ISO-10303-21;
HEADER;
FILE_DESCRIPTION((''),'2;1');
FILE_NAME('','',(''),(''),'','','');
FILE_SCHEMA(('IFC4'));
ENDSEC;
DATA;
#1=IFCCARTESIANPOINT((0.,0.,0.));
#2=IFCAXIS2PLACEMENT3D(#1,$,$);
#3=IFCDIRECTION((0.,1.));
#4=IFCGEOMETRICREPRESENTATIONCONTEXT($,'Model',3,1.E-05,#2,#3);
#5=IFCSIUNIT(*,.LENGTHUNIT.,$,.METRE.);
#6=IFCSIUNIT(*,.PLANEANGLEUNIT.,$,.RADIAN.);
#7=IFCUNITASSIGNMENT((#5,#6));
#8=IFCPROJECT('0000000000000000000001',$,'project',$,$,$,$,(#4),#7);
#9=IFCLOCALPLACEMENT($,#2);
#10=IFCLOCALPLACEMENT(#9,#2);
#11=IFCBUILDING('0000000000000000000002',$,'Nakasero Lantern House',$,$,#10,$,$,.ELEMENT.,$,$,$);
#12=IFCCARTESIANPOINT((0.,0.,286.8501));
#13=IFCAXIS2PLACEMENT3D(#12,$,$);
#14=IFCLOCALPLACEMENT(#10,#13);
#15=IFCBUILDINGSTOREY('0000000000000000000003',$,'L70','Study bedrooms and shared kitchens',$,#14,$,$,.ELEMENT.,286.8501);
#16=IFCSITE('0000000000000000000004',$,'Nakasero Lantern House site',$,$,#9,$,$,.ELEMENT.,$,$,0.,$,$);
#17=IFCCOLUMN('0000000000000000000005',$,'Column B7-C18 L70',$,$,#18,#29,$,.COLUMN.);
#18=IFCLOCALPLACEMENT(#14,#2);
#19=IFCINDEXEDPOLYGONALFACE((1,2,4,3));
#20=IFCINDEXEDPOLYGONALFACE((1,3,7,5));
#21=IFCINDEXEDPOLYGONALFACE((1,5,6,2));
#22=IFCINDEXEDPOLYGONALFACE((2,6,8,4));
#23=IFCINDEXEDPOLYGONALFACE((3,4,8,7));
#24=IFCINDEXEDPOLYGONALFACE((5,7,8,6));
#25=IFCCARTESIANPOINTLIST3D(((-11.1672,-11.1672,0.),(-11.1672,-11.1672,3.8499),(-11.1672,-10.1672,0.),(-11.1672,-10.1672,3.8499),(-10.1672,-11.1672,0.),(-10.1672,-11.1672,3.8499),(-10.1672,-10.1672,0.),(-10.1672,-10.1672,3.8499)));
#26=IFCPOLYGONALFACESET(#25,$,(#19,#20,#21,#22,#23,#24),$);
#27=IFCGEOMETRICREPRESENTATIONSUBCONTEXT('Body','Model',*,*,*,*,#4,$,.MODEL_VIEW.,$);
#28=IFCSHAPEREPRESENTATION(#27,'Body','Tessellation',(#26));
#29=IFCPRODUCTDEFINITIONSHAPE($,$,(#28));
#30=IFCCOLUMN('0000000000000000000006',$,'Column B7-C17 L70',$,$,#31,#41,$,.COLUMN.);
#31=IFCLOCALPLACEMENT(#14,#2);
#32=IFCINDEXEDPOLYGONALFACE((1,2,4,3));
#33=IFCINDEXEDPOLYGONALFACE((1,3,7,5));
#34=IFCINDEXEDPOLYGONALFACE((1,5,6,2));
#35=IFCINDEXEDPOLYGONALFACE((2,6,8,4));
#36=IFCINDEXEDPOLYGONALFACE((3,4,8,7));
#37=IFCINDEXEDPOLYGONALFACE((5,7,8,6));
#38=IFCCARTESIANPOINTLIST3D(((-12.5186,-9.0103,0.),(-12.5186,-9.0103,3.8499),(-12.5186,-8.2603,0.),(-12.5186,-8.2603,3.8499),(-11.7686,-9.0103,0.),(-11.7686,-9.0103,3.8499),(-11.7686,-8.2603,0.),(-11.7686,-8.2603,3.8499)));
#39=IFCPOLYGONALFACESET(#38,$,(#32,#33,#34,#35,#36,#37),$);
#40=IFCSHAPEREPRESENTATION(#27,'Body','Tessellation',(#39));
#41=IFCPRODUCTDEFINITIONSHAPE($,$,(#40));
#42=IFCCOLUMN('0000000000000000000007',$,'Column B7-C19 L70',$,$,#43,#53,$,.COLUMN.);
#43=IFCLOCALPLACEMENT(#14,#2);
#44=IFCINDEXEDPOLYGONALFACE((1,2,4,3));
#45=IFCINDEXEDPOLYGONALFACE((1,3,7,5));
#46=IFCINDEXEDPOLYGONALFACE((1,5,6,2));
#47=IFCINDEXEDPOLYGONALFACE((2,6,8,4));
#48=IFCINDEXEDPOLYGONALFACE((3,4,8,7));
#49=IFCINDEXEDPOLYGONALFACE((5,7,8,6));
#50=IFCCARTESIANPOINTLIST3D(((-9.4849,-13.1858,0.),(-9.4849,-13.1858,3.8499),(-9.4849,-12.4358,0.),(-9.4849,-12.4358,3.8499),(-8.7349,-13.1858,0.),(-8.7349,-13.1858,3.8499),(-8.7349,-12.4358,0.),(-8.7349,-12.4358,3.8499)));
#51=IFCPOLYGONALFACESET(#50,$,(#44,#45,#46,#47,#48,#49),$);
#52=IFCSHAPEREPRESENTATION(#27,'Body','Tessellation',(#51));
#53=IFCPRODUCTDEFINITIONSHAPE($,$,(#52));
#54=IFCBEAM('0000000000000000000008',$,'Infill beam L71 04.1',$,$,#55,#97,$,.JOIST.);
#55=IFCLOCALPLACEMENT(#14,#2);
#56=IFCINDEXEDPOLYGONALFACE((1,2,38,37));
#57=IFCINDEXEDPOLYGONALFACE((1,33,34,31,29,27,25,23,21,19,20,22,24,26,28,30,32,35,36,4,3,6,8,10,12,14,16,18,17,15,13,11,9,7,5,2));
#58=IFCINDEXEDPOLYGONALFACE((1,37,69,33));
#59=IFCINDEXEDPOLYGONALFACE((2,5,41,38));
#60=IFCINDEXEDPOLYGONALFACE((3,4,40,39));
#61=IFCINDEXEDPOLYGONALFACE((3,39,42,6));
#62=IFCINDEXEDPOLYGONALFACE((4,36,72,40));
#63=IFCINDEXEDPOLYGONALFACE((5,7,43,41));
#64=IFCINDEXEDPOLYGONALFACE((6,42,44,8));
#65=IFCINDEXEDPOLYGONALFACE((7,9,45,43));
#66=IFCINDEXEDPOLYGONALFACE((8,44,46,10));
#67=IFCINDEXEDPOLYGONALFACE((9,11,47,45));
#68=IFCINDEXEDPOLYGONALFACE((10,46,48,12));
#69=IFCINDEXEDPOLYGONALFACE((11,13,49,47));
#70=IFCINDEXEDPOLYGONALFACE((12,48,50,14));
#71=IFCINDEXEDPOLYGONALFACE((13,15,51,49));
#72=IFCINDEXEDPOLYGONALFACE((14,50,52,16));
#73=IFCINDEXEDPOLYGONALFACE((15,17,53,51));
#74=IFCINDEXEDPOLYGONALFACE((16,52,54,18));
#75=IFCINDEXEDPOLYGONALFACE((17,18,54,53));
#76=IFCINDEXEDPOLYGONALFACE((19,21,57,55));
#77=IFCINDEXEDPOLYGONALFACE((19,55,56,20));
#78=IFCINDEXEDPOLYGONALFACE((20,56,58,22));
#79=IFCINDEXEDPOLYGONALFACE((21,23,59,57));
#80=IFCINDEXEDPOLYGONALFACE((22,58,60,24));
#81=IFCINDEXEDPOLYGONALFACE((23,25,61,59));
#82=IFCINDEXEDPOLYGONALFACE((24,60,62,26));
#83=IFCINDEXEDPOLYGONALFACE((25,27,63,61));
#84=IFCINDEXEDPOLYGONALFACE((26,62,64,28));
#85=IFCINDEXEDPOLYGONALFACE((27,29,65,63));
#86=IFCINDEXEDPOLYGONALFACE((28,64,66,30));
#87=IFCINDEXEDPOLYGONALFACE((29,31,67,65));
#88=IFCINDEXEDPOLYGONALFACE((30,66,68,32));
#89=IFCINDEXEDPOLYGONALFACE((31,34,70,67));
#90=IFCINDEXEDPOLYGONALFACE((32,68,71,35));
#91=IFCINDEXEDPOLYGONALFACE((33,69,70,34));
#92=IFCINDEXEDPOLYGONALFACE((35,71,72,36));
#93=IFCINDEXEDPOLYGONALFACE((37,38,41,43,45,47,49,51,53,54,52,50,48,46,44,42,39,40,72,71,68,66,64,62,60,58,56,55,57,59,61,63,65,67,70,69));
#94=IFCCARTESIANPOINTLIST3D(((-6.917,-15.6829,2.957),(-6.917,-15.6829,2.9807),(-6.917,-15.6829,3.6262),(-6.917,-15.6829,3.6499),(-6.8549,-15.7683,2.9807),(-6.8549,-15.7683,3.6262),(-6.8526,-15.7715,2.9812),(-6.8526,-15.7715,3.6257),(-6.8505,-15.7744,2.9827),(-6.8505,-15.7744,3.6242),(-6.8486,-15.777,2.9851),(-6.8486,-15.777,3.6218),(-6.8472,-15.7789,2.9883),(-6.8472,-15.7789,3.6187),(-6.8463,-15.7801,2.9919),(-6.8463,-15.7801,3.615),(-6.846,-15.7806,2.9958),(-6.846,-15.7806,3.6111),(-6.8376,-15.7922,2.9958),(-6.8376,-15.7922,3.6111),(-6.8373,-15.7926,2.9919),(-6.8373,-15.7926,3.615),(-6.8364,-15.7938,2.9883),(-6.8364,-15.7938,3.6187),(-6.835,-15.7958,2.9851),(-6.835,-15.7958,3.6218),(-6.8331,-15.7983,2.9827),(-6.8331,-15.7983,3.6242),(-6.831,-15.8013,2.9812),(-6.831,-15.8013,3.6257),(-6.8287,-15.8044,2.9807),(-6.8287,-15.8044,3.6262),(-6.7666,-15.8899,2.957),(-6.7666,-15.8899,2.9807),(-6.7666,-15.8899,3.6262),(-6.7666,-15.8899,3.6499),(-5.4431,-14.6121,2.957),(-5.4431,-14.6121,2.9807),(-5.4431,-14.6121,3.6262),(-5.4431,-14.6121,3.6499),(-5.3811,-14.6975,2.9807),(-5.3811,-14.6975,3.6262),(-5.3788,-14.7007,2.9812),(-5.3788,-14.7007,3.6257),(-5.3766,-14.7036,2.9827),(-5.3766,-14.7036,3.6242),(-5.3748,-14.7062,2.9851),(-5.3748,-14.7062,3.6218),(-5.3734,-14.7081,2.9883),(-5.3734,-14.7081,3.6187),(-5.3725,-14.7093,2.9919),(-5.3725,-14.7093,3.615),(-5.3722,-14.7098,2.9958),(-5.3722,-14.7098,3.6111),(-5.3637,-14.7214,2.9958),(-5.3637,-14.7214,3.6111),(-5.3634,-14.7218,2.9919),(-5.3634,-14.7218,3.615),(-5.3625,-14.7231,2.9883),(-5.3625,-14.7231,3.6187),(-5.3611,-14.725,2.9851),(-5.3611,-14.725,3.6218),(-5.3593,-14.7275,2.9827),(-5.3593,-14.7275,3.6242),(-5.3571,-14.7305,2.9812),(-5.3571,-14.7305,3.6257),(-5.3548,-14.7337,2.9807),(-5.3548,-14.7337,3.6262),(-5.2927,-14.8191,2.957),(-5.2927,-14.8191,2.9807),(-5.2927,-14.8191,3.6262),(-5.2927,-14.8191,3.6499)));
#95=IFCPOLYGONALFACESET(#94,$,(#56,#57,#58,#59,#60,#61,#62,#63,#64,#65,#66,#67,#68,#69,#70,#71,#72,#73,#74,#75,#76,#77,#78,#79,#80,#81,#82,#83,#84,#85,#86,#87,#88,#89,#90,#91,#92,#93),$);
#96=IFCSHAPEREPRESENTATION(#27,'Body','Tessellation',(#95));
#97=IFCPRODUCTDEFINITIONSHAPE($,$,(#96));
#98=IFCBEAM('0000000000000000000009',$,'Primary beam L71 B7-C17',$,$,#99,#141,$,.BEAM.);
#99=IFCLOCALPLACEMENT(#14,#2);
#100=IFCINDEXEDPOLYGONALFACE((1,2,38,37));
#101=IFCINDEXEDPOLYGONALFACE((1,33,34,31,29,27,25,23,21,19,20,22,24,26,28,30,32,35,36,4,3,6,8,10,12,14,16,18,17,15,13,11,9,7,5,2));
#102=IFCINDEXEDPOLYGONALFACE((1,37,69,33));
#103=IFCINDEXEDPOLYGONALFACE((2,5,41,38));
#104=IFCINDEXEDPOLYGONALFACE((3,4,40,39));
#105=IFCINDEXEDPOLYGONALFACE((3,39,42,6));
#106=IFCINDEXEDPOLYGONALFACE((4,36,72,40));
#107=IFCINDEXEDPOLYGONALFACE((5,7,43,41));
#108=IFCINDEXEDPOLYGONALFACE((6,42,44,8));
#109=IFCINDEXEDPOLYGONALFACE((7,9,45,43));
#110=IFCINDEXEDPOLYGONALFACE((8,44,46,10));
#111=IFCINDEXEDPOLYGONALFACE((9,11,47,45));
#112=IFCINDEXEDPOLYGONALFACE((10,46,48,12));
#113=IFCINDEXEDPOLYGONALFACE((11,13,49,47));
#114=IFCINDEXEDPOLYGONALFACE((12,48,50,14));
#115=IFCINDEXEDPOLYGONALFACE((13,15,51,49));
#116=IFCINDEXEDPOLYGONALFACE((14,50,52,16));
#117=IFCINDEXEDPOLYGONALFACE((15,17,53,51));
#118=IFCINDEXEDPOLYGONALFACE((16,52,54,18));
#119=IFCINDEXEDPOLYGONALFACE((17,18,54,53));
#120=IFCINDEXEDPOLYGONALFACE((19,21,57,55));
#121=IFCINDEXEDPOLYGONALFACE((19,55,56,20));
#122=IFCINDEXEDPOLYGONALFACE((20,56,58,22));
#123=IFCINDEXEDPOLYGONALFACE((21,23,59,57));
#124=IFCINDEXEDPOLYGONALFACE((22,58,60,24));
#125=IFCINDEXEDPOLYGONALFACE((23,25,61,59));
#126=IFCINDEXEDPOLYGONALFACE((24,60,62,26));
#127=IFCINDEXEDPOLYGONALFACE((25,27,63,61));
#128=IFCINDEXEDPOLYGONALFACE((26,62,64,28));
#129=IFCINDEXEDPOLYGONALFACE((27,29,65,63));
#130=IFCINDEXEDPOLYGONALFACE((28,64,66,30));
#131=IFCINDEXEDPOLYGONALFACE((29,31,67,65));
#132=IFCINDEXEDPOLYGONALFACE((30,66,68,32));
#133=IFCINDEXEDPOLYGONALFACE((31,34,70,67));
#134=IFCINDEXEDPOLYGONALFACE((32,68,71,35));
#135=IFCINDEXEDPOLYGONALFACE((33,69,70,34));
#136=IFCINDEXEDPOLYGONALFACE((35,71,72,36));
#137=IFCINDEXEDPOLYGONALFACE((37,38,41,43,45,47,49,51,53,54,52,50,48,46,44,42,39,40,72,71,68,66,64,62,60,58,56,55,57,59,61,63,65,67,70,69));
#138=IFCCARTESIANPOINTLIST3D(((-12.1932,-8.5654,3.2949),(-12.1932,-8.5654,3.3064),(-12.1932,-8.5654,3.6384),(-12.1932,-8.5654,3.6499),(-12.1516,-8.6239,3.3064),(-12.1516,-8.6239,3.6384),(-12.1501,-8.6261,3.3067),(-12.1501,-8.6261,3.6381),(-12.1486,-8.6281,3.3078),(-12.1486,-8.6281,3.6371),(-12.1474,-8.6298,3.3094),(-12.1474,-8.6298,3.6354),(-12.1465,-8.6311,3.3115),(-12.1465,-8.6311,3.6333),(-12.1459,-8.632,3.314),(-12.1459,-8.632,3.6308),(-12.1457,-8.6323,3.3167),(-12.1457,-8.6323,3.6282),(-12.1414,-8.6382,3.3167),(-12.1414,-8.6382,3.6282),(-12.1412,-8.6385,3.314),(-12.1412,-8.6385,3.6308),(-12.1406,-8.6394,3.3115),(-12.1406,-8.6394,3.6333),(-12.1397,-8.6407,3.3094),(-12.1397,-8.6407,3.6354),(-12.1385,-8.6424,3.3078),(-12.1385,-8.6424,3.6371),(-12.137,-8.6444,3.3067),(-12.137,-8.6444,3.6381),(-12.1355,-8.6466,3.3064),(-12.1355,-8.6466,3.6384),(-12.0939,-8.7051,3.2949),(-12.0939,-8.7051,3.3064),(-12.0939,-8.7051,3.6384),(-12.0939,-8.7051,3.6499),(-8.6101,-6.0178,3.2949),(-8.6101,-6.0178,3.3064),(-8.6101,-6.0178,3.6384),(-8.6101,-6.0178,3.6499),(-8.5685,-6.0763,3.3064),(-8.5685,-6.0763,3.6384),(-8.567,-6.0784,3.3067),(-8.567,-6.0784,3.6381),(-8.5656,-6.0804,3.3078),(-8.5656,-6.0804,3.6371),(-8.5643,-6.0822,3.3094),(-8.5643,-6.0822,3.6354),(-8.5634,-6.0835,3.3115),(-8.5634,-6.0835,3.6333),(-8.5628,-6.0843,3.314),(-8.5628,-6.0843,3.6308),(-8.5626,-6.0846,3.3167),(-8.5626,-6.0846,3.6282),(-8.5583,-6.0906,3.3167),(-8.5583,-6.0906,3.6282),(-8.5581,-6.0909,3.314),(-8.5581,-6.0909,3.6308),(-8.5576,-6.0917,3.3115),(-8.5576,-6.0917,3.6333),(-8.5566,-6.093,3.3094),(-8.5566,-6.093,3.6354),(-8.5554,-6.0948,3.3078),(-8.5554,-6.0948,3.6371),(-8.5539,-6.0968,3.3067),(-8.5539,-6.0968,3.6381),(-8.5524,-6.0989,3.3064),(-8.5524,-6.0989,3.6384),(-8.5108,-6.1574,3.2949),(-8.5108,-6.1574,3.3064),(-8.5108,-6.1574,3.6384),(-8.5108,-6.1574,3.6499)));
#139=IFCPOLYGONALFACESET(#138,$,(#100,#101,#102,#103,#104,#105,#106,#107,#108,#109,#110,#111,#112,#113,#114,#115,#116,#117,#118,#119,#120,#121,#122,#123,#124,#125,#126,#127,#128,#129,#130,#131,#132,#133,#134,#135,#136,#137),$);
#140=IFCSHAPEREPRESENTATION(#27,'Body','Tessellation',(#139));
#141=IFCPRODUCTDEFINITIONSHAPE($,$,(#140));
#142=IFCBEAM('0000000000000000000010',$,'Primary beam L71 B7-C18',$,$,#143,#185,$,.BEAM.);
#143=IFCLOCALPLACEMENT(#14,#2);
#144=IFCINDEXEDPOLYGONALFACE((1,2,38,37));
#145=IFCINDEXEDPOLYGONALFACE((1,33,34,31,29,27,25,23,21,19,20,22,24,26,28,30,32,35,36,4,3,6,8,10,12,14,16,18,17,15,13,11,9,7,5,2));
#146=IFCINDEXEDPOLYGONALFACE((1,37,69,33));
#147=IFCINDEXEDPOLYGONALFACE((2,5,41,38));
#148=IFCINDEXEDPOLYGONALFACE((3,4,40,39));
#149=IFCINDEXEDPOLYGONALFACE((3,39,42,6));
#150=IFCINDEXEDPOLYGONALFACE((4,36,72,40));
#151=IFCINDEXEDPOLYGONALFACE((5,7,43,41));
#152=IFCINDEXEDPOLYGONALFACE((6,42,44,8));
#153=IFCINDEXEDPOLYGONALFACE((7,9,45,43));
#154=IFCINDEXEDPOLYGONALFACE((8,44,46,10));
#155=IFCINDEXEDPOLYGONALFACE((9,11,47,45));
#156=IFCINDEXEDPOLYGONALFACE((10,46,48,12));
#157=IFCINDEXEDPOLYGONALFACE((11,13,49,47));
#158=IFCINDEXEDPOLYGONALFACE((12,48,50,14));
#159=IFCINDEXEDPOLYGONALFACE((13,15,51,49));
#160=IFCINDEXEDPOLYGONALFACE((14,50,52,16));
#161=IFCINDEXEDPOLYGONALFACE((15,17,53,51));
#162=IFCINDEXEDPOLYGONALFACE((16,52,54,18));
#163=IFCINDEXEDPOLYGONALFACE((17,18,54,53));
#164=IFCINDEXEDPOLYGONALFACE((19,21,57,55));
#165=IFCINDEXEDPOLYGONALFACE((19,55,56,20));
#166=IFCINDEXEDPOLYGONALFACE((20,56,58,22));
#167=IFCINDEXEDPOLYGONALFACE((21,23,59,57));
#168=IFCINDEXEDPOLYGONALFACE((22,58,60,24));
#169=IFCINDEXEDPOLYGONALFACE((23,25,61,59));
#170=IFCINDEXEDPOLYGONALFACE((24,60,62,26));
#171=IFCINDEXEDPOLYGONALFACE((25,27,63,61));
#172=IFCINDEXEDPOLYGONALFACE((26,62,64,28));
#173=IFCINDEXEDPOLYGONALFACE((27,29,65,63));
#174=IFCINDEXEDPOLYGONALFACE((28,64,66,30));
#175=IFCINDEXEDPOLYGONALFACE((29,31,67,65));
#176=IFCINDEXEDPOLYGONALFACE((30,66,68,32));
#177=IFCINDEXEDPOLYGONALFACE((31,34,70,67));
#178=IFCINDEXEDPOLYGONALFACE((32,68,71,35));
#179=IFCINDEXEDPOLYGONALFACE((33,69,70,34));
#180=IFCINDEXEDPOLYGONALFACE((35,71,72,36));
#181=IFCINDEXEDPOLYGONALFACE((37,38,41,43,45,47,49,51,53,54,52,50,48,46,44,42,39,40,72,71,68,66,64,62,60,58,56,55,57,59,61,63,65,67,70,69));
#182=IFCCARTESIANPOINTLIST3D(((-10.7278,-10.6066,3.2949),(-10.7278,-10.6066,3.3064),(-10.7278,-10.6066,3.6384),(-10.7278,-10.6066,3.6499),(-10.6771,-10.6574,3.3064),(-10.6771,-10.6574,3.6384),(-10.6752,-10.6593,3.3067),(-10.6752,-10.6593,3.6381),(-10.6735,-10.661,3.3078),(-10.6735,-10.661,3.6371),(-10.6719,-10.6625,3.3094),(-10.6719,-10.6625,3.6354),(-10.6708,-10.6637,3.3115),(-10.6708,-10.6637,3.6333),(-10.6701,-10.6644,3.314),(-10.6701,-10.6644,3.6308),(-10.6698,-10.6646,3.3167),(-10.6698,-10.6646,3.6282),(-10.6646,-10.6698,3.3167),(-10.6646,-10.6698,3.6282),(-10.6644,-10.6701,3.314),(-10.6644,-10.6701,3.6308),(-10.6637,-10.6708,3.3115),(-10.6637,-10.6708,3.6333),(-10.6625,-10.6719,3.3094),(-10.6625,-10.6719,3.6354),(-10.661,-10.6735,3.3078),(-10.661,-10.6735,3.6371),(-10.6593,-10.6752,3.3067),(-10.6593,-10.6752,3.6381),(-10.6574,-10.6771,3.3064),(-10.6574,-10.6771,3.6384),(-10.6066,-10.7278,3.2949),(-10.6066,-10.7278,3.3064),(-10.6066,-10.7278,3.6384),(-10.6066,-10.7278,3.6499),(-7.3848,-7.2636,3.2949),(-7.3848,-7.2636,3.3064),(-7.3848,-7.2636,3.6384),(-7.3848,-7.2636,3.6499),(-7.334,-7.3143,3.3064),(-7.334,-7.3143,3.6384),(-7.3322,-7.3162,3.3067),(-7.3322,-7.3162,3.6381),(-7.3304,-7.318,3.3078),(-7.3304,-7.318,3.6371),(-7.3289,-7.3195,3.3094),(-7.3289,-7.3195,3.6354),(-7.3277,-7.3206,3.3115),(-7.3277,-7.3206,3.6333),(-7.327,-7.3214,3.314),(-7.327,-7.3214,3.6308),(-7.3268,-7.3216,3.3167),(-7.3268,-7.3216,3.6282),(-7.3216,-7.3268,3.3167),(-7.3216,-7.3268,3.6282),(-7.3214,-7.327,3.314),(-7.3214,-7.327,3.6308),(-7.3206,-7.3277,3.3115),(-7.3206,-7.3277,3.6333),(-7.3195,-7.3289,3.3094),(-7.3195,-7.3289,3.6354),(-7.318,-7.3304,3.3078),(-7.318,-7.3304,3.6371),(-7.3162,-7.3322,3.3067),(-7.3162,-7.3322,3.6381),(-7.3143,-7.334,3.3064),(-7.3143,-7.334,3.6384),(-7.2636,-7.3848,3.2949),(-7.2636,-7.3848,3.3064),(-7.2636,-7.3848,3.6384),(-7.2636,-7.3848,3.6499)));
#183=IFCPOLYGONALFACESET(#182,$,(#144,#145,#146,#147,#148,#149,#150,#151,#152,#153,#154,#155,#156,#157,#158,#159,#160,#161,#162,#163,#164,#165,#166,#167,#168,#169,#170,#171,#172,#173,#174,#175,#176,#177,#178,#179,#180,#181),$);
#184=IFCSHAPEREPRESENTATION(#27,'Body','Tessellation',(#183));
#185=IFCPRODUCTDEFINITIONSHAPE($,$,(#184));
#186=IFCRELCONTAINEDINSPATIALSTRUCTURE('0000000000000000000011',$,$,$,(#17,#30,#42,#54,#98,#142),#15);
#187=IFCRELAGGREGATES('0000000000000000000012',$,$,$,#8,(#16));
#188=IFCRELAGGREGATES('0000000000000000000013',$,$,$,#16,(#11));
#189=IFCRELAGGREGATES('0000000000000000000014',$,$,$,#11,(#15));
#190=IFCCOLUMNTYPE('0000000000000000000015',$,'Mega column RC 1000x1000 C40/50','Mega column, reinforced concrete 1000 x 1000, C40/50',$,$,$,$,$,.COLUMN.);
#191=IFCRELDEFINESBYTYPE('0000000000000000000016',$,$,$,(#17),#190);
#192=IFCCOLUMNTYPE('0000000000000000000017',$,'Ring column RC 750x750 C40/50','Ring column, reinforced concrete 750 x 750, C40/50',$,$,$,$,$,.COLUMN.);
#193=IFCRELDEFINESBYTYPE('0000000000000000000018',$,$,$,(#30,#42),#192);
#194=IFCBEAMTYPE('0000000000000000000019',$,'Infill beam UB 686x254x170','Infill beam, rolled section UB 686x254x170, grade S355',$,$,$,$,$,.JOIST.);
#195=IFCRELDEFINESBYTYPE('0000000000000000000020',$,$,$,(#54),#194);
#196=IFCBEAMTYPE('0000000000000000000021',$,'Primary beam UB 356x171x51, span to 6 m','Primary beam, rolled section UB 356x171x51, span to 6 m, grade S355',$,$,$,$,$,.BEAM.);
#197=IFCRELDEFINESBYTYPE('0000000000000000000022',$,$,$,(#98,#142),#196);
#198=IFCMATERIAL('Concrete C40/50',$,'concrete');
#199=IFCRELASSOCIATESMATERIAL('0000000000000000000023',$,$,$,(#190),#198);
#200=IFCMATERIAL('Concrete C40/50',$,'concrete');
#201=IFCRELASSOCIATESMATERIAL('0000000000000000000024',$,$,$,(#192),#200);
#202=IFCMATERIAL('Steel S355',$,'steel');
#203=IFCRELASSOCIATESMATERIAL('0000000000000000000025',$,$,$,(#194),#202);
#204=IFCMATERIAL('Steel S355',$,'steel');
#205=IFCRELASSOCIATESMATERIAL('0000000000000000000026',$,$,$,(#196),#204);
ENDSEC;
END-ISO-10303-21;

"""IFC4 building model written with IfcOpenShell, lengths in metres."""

from ifc_helpers import new_model, si_unit, direction, frame, origin, origin_2d, place, context, subcontext, project, spatial, rectangle, i_section, extrude, material, material_profile, profile_set, type_object, element, save


model = new_model("IFC4")

# Units and contexts
model_context = context("Model", 3, precision=1e-05, world=origin(), true_north=direction((0.0, 1.0)))
body_context = subcontext(model_context, "Body", "Model", "MODEL_VIEW")
ifc_project = project(units=[si_unit("LENGTHUNIT", "METRE"), si_unit("PLANEANGLEUNIT", "RADIAN")], contexts=[model_context])

# Site, building, storey
site_placement = place(None, origin())
site = spatial("IfcSite", under=ifc_project, at=site_placement, Name="Nakasero Lantern House site", CompositionType="ELEMENT", RefElevation=0.0)
building_placement = place(site_placement, origin())
building = spatial("IfcBuilding", under=site, at=building_placement, Name="Nakasero Lantern House", CompositionType="ELEMENT")
storey_placement = place(building_placement, frame((0.0, 0.0, 286.8501)))
storey = spatial("IfcBuildingStorey", under=building, at=storey_placement, Name="L70", Description="Study bedrooms and shared kitchens", CompositionType="ELEMENT", Elevation=286.8501)

# Columns
ifc_material_1 = material(Name="Concrete C40/50", Category="concrete")
ifc_material_profile_1 = material_profile(ifc_material_1, rectangle(XDim=1.0, YDim=1.0, at=origin_2d()), Name="RC 1000x1000")
ifc_profile_set_1 = profile_set([ifc_material_profile_1], Name="Concrete C40/50")
column_type_1 = type_object("IfcColumnType", Name="Mega column RC 1000x1000 C40/50", Description="Mega column, reinforced concrete 1000 x 1000, C40/50", PredefinedType="COLUMN", material=ifc_profile_set_1)
column_placement = place(storey_placement, frame((-10.6672, -10.6672, 0.0), z_axis=(0.0, 0.0, 1.0), x_axis=(1.0, 0.0, 0.0)))
element("IfcColumn", 1, at=column_placement, inside=storey, type_object=column_type_1, Name="Column B7-C18 L70", PredefinedType="COLUMN", context=body_context, shape_type="SweptSolid", body=[
    extrude(rectangle(XDim=1.0, YDim=1.0, at=origin_2d()), origin(), (0.0, 0.0, 1.0), 3.8499),
])
ifc_material_2 = material(Name="Concrete C40/50", Category="concrete")
ifc_material_profile_2 = material_profile(ifc_material_2, rectangle(XDim=0.75, YDim=0.75, at=origin_2d()), Name="RC 750x750")
ifc_profile_set_2 = profile_set([ifc_material_profile_2], Name="Concrete C40/50")
column_type_2 = type_object("IfcColumnType", Name="Ring column RC 750x750 C40/50", Description="Ring column, reinforced concrete 750 x 750, C40/50", PredefinedType="COLUMN", material=ifc_profile_set_2)
for number, where, z_axis, x_axis, name in (
    (2, (-12.1436, -8.6353, 0.0), (0.0, 0.0, 1.0), (1.0, 0.0, 0.0), "Column B7-C17 L70"),
    (3, (-9.1099, -12.8108, 0.0), (0.0, 0.0, 1.0), (1.0, 0.0, 0.0), "Column B7-C19 L70"),
):
    element("IfcColumn", number, at=place(storey_placement, frame(where, z_axis=z_axis, x_axis=x_axis)), inside=storey, type_object=column_type_2, Name=name, PredefinedType="COLUMN", context=body_context, shape_type="SweptSolid", body=[
        extrude(rectangle(XDim=0.75, YDim=0.75, at=origin_2d()), origin(), (0.0, 0.0, 1.0), 3.8499),
    ])

# Beams
ifc_material_3 = material(Name="Steel S355", Category="steel")
ifc_material_profile_3 = material_profile(ifc_material_3, i_section(OverallWidth=0.2559, OverallDepth=0.6929, WebThickness=0.0144, FlangeThickness=0.0237, FilletRadius=0.0151, at=origin_2d()), Name="UB 686x254x170")
ifc_profile_set_3 = profile_set([ifc_material_profile_3], Name="Steel S355")
beam_type_1 = type_object("IfcBeamType", Name="Infill beam UB 686x254x170", Description="Infill beam, rolled section UB 686x254x170, grade S355", PredefinedType="JOIST", material=ifc_profile_set_3)
beam_1_placement = place(storey_placement, frame((-6.8418, -15.7864, 3.3035), z_axis=(0.809026, 0.587773, 0.0), x_axis=(-0.587773, 0.809026, 0.0)))
element("IfcBeam", 4, at=beam_1_placement, inside=storey, type_object=beam_type_1, Name="Infill beam L71 04.1", PredefinedType="JOIST", context=body_context, shape_type="SweptSolid", body=[
    extrude(i_section(OverallWidth=0.2559, OverallDepth=0.6929, WebThickness=0.0144, FlangeThickness=0.0237, FilletRadius=0.0151, at=origin_2d()), origin(), (0.0, 0.0, 1.0), 1.8218),
])
ifc_material_4 = material(Name="Steel S355", Category="steel")
ifc_material_profile_4 = material_profile(ifc_material_4, i_section(OverallWidth=0.1714, OverallDepth=0.355, WebThickness=0.0073, FlangeThickness=0.0115, FilletRadius=0.0103, at=origin_2d()), Name="UB 356x171x51")
ifc_profile_set_4 = profile_set([ifc_material_profile_4], Name="Steel S355")
beam_type_2 = type_object("IfcBeamType", Name="Primary beam UB 356x171x51, span to 6 m", Description="Primary beam, rolled section UB 356x171x51, span to 6 m, grade S355", PredefinedType="BEAM", material=ifc_profile_set_4)
beam_2_placement = place(storey_placement, frame((-12.1436, -8.6353, 3.4724), z_axis=(0.814989, 0.579477, 0.0), x_axis=(-0.579477, 0.814989, 0.0)))
element("IfcBeam", 5, at=beam_2_placement, inside=storey, type_object=beam_type_2, Name="Primary beam L71 B7-C17", PredefinedType="BEAM", context=body_context, shape_type="SweptSolid", body=[
    extrude(i_section(OverallWidth=0.1714, OverallDepth=0.355, WebThickness=0.0073, FlangeThickness=0.0115, FilletRadius=0.0103, at=origin_2d()), origin(), (0.0, 0.0, 1.0), 4.3965),
])
beam_3_placement = place(storey_placement, frame((-10.6672, -10.6672, 3.4724), z_axis=(0.707107, 0.707107, 0.0), x_axis=(-0.707107, 0.707107, 0.0)))
element("IfcBeam", 6, at=beam_3_placement, inside=storey, type_object=beam_type_2, Name="Primary beam L71 B7-C18", PredefinedType="BEAM", context=body_context, shape_type="SweptSolid", body=[
    extrude(i_section(OverallWidth=0.1714, OverallDepth=0.355, WebThickness=0.0073, FlangeThickness=0.0115, FilletRadius=0.0103, at=origin_2d()), origin(), (0.0, 0.0, 1.0), 4.7278),
])

save(model, "model.ifc")
